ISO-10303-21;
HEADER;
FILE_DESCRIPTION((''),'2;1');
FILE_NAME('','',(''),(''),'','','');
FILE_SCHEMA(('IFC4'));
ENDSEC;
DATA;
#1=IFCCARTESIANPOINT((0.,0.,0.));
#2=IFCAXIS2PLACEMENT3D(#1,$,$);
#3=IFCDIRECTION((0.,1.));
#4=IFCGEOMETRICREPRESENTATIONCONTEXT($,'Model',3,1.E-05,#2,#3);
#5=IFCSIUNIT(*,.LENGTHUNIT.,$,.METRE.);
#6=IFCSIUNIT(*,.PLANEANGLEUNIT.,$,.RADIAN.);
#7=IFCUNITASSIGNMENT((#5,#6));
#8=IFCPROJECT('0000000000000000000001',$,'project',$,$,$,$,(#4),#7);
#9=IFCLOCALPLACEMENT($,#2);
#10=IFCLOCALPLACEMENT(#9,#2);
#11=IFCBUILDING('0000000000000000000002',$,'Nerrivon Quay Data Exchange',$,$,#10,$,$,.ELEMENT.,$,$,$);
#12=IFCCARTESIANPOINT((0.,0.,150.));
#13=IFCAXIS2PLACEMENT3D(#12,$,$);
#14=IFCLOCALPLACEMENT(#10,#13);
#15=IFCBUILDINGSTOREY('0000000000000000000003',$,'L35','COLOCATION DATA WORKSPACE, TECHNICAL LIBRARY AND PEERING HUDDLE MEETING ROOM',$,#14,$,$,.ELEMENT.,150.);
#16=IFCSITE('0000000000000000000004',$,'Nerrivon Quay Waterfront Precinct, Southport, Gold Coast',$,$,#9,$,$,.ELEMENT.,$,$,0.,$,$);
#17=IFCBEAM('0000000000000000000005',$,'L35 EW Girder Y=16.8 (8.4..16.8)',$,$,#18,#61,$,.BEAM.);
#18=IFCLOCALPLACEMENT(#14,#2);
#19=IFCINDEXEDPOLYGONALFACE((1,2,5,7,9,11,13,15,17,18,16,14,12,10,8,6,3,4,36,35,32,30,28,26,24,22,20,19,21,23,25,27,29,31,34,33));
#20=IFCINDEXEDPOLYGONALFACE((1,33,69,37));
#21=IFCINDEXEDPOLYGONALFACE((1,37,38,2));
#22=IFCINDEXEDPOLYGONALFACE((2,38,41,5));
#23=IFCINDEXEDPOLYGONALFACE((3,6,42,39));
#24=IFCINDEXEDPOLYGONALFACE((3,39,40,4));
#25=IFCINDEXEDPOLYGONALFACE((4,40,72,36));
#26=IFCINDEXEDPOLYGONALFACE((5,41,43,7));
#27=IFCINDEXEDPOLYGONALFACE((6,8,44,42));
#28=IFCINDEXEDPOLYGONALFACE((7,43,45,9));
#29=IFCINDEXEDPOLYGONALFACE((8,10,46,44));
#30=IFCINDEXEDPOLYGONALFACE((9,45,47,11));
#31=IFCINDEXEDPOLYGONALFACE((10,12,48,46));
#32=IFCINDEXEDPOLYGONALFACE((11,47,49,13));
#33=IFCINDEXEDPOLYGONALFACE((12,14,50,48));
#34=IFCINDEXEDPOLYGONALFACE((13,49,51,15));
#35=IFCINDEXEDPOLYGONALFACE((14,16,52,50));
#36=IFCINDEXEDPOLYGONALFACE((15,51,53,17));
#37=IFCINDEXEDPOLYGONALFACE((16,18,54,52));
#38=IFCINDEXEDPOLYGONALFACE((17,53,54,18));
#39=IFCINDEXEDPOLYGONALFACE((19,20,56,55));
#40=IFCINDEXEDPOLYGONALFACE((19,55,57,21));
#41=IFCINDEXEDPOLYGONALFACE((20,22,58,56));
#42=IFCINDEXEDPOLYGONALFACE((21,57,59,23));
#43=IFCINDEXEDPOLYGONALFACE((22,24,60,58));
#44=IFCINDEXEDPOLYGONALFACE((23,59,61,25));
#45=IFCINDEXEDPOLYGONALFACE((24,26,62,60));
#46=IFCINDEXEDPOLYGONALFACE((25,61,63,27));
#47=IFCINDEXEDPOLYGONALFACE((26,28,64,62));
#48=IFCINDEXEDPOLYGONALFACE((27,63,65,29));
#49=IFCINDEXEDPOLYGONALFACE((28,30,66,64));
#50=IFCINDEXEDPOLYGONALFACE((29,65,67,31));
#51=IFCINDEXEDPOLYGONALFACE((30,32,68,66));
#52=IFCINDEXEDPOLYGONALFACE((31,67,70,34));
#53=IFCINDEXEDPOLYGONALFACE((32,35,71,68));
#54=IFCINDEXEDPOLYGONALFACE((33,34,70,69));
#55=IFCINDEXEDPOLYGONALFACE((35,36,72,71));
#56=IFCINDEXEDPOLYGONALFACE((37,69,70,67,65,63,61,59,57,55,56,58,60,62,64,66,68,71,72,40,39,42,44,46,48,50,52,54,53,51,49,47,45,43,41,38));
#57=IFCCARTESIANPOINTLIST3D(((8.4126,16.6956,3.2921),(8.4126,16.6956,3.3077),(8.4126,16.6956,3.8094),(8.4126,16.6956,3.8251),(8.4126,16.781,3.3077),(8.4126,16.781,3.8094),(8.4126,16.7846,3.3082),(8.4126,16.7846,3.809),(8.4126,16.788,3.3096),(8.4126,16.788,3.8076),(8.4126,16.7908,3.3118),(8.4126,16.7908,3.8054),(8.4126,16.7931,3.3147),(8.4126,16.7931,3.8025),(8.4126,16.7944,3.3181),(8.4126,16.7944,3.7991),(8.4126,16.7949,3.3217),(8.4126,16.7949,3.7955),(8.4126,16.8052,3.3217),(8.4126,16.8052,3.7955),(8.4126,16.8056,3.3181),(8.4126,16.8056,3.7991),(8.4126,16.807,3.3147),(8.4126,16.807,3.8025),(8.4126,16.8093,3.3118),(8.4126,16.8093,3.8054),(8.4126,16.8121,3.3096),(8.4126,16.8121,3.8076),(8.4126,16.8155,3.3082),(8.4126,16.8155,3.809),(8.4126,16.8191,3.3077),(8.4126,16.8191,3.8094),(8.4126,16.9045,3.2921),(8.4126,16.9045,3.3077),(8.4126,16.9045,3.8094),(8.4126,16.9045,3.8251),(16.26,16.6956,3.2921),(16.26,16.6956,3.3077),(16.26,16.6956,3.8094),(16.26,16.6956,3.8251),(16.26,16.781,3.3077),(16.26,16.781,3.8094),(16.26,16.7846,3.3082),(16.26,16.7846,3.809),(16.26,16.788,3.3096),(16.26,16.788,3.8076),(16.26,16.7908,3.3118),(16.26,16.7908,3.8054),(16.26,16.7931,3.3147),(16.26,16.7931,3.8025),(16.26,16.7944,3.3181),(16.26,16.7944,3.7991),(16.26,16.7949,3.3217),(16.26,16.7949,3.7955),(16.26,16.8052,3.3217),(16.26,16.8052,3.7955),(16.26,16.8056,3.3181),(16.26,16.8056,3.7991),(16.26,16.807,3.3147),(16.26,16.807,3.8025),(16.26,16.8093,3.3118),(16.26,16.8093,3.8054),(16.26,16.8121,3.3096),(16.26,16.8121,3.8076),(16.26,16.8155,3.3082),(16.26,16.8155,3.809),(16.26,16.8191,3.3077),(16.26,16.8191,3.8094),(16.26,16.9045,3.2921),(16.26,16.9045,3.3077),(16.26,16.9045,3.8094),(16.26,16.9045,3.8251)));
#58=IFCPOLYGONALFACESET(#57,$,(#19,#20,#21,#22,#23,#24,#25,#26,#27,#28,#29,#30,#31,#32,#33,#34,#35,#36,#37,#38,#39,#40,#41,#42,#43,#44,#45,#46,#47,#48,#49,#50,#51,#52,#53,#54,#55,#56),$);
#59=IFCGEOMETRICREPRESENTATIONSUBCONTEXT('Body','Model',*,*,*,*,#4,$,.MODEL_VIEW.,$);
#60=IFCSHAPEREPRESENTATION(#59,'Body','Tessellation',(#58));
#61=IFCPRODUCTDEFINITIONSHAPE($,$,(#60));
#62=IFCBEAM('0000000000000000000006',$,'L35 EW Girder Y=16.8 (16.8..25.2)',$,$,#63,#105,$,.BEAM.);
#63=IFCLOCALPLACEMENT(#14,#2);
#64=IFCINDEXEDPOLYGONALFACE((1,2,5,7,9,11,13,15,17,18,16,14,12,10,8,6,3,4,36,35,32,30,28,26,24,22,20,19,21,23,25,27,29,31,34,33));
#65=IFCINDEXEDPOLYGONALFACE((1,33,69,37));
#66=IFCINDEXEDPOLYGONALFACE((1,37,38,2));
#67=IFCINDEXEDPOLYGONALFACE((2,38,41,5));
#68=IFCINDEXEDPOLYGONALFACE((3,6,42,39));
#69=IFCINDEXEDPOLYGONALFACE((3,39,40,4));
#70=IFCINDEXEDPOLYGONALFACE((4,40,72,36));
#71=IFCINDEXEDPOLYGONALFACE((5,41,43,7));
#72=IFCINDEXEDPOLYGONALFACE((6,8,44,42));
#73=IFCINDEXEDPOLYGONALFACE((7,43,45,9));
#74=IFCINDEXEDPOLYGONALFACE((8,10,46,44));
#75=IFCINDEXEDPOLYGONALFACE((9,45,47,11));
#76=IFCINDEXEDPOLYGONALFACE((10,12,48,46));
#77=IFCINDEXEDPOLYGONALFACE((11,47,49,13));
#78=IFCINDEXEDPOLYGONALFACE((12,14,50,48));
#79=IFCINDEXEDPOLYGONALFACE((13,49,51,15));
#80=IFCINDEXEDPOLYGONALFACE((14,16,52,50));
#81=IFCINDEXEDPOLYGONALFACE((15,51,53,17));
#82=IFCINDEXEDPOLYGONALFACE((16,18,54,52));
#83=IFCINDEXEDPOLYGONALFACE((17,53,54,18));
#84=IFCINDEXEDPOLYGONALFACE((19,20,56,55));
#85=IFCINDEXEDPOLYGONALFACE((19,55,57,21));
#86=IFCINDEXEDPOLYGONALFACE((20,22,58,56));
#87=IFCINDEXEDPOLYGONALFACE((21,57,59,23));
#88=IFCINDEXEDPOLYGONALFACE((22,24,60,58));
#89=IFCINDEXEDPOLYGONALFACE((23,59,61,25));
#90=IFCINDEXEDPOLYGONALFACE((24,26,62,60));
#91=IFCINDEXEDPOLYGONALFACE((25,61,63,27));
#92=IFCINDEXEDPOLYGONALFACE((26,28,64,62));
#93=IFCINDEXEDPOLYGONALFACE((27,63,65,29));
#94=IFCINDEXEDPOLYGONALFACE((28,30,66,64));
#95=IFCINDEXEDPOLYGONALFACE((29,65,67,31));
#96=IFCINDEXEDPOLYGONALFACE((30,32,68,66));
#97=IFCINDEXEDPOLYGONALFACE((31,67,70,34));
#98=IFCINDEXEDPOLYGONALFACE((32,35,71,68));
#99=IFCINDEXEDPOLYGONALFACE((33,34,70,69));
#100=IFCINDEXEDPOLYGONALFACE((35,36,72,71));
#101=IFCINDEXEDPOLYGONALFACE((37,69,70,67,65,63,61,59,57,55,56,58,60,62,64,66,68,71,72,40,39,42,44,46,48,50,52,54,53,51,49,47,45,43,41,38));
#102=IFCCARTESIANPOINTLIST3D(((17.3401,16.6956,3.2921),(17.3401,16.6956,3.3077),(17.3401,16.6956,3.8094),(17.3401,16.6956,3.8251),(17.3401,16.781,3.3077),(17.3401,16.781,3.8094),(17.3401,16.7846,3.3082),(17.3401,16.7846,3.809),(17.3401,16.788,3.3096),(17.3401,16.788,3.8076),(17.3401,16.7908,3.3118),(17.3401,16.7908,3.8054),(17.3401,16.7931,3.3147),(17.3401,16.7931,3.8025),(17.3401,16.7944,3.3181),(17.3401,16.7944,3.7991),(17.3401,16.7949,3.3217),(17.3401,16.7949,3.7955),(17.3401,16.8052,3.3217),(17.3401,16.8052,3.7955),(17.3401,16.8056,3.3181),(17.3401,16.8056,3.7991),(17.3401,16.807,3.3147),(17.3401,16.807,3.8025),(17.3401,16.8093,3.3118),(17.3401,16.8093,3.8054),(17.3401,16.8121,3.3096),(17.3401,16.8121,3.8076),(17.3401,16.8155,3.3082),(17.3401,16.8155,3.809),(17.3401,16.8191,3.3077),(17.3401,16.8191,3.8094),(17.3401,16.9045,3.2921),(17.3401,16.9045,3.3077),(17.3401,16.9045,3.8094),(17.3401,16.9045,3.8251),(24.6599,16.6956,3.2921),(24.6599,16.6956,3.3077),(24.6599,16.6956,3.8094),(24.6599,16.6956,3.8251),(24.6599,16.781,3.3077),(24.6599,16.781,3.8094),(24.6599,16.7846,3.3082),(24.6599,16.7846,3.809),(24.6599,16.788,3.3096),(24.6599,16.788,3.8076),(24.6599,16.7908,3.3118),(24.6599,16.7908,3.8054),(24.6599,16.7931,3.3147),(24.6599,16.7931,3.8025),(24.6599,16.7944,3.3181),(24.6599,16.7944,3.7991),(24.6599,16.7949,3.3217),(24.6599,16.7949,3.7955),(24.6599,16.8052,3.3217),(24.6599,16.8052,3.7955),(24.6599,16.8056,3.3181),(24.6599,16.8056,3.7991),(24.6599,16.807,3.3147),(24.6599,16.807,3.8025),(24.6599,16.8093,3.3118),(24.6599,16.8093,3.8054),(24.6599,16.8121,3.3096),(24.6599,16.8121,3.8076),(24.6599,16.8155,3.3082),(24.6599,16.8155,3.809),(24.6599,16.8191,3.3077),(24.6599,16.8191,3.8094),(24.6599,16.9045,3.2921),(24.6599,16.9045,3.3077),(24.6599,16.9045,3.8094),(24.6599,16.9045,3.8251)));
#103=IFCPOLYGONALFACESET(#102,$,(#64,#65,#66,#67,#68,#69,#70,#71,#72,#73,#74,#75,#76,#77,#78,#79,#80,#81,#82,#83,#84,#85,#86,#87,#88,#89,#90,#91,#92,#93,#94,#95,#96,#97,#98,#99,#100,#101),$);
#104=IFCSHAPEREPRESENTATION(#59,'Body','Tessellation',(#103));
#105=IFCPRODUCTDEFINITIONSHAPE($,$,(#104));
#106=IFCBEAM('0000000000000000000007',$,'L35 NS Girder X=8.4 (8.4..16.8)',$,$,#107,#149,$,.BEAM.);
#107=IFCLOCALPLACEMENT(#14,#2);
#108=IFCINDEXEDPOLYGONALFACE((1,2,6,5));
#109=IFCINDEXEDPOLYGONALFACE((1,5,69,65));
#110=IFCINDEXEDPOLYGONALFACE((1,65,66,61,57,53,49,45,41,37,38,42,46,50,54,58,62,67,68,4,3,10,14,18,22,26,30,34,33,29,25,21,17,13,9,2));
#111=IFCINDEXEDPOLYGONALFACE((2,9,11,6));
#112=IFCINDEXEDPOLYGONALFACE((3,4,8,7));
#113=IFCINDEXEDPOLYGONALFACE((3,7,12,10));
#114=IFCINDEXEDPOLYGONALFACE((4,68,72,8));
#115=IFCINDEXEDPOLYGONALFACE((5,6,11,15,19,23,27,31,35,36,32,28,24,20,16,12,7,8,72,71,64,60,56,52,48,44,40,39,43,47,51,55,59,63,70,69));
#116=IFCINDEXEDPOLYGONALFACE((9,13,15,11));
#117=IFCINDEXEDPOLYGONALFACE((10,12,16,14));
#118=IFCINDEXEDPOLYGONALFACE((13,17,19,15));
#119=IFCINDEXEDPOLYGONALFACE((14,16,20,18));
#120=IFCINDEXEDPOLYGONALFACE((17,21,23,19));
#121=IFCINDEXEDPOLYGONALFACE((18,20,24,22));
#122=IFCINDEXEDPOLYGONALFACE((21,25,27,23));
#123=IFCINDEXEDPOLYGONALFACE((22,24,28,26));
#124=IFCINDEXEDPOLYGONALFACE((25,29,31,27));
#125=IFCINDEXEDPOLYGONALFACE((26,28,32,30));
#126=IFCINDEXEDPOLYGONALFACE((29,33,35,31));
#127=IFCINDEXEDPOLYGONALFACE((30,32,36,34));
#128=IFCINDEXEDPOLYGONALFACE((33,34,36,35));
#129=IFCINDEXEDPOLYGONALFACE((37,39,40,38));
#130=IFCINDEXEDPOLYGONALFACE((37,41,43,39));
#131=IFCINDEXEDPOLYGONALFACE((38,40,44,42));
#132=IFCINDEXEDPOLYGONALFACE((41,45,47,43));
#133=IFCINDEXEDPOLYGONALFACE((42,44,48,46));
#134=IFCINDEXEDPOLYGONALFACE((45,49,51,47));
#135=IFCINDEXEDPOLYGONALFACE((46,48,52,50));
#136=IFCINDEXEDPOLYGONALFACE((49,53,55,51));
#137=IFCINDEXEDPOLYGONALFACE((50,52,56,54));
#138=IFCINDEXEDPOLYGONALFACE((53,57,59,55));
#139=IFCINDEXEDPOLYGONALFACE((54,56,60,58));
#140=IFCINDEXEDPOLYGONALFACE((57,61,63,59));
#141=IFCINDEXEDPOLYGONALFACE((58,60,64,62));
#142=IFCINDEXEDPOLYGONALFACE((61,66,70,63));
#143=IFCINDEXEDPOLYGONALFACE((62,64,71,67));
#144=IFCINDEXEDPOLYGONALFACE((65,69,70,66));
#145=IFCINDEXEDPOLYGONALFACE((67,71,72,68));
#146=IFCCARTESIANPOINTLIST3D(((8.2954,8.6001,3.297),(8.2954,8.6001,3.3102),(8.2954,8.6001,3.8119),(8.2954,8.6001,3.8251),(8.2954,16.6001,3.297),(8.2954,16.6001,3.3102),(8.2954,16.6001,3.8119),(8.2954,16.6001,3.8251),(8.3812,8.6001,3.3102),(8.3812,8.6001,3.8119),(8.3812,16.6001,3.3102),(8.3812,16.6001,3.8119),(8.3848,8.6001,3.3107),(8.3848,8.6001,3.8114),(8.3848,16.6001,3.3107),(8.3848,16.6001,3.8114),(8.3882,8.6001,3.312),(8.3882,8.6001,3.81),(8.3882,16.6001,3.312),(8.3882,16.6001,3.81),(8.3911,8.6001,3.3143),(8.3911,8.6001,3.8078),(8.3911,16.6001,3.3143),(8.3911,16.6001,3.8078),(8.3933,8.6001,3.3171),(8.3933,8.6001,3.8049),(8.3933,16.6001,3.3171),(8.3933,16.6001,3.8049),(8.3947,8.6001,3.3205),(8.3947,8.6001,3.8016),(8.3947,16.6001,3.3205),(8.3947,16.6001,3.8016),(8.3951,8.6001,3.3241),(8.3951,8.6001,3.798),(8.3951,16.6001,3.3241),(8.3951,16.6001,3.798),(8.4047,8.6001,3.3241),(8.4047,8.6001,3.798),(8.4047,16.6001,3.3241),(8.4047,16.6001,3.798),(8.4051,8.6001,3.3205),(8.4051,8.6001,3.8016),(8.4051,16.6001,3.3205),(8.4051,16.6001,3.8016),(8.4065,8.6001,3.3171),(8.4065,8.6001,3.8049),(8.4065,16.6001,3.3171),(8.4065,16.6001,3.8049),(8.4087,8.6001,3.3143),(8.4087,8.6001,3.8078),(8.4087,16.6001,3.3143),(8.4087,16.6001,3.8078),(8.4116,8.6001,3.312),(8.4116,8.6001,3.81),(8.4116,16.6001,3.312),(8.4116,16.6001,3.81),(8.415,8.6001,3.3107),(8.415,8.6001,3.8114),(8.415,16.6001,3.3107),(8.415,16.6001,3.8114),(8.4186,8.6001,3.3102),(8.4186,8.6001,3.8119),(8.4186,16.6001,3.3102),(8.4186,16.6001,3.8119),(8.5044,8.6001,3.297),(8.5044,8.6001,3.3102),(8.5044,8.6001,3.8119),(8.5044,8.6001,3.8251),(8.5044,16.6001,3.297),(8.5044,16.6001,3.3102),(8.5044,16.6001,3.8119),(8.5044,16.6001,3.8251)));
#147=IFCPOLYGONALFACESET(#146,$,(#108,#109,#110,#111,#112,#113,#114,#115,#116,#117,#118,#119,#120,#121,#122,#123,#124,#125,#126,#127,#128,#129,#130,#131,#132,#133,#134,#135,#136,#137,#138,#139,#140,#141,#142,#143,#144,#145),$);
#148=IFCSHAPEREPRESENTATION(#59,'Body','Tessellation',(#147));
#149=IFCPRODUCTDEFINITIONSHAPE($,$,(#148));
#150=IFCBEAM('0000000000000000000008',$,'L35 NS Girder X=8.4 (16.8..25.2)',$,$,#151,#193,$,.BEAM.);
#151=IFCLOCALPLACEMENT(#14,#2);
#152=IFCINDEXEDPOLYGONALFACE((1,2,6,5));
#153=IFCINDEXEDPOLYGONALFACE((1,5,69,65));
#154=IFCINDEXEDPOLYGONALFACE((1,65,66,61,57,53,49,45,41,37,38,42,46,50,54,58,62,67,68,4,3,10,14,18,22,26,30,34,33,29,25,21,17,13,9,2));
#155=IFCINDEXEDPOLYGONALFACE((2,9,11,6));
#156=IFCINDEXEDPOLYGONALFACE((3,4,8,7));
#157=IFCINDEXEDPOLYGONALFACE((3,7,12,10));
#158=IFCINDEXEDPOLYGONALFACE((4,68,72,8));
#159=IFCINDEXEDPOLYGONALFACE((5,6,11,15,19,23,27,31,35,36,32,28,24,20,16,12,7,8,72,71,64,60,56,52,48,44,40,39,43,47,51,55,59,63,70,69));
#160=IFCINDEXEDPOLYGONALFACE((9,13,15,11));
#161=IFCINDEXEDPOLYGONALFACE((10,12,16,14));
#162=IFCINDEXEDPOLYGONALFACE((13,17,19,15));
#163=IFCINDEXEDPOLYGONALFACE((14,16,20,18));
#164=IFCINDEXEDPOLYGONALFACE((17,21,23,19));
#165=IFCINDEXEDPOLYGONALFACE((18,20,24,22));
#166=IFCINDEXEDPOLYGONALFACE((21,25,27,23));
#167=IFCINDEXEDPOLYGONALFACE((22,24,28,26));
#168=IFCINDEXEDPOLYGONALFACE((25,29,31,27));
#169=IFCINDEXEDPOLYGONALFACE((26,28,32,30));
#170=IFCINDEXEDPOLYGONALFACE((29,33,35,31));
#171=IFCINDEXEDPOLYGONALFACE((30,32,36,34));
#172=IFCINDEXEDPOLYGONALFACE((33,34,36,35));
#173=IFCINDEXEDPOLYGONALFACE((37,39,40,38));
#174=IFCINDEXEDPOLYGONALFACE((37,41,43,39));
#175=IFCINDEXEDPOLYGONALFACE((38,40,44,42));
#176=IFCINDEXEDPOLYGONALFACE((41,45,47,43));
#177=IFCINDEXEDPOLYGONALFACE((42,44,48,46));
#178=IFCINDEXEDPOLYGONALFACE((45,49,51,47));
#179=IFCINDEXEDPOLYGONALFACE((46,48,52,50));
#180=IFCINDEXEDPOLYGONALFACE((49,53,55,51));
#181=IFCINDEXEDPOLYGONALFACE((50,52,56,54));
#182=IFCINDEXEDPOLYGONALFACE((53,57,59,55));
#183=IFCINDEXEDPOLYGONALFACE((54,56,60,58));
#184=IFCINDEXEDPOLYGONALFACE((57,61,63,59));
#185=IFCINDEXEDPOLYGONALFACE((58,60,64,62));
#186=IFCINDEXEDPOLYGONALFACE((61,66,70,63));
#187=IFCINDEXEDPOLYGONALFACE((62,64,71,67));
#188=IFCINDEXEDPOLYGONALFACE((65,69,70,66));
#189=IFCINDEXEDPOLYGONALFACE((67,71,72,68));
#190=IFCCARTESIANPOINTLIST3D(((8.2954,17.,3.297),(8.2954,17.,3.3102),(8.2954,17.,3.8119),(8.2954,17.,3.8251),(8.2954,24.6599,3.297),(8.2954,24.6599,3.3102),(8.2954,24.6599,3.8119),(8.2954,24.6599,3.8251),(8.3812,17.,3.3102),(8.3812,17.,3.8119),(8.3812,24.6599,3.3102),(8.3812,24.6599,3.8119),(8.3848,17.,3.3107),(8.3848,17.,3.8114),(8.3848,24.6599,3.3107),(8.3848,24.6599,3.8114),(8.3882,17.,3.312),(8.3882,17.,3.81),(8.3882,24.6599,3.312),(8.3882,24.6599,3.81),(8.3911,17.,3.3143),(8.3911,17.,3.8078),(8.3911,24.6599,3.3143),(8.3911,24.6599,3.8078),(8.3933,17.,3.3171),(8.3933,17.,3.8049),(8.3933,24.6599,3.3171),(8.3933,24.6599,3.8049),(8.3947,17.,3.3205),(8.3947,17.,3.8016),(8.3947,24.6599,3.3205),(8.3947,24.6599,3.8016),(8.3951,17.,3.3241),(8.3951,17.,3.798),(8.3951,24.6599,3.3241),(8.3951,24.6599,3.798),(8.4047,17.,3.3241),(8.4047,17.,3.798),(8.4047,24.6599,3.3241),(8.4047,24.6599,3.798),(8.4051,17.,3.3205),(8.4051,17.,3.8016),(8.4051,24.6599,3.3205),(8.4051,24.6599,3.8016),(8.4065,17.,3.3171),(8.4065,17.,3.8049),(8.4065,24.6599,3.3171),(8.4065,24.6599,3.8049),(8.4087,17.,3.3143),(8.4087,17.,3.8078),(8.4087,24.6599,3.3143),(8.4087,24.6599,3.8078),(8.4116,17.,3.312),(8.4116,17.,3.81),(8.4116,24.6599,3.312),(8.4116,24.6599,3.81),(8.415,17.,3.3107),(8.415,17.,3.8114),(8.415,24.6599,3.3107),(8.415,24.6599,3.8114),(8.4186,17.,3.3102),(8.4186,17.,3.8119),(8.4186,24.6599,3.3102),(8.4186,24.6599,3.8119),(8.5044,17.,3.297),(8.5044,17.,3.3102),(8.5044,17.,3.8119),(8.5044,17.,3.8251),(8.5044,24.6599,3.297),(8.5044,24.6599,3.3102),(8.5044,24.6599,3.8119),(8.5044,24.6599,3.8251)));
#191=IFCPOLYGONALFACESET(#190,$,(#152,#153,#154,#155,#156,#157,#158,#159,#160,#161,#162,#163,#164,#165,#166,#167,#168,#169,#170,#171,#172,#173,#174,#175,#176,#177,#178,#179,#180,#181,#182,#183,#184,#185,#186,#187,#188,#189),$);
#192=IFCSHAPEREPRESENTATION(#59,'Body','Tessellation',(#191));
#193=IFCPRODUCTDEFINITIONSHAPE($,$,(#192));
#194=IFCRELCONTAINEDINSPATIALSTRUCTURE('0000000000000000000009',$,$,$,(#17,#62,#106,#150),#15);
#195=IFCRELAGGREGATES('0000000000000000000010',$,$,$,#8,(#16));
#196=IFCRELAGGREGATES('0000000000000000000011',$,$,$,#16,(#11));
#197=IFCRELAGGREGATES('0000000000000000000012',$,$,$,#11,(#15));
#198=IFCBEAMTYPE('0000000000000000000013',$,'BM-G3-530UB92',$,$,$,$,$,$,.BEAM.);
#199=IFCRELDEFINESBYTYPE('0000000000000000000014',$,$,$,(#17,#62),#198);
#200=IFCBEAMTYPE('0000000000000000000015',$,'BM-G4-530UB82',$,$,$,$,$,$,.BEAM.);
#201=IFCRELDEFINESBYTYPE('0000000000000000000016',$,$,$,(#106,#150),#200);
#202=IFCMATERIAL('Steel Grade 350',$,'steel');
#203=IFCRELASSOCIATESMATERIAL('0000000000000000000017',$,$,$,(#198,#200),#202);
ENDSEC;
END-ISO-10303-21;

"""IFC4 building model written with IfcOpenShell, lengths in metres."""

from ifc_helpers import new_model, si_unit, direction, frame, origin, origin_2d, place, context, subcontext, project, spatial, i_section, extrude, material, material_profile, profile_set, type_object, element, save


model = new_model("IFC4")

# Units and contexts
model_context = context("Model", 3, precision=1e-05, world=origin(), true_north=direction((0.0, 1.0)))
body_context = subcontext(model_context, "Body", "Model", "MODEL_VIEW")
ifc_project = project(units=[si_unit("LENGTHUNIT", "METRE"), si_unit("PLANEANGLEUNIT", "RADIAN")], contexts=[model_context])

# Site, building, storey
site_placement = place(None, origin())
site = spatial("IfcSite", under=ifc_project, at=site_placement, Name="Nerrivon Quay Waterfront Precinct, Southport, Gold Coast", CompositionType="ELEMENT", RefElevation=0.0)
building_placement = place(site_placement, origin())
building = spatial("IfcBuilding", under=site, at=building_placement, Name="Nerrivon Quay Data Exchange", CompositionType="ELEMENT")
storey_placement = place(building_placement, frame((0.0, 0.0, 150.0)))
storey = spatial("IfcBuildingStorey", under=building, at=storey_placement, Name="L35", Description="COLOCATION DATA WORKSPACE, TECHNICAL LIBRARY AND PEERING HUDDLE MEETING ROOM", CompositionType="ELEMENT", Elevation=150.0)

# Shared definitions
ifc_material_1 = material(Name="Steel Grade 350", Category="steel")

# Beams
ifc_material_profile_1 = material_profile(ifc_material_1, i_section(OverallWidth=0.209, OverallDepth=0.533, WebThickness=0.0103, FlangeThickness=0.0156, FilletRadius=0.0139, at=origin_2d()), Name="530UB92.4")
ifc_profile_set_1 = profile_set([ifc_material_profile_1], Name="Steel Grade 350")
beam_type_1 = type_object("IfcBeamType", Name="BM-G3-530UB92", PredefinedType="BEAM", material=ifc_profile_set_1)
beam_1_placement = place(storey_placement, frame((8.4126, 16.8, 3.5586), z_axis=(1.0, 0.0, 0.0), x_axis=(0.0, 1.0, 0.0)))
element("IfcBeam", 1, at=beam_1_placement, inside=storey, type_object=beam_type_1, Name="L35 EW Girder Y=16.8 (8.4..16.8)", PredefinedType="BEAM", context=body_context, shape_type="SweptSolid", body=[
    extrude(i_section(OverallWidth=0.209, OverallDepth=0.533, WebThickness=0.0103, FlangeThickness=0.0156, FilletRadius=0.0139, at=origin_2d()), origin(), (0.0, 0.0, 1.0), 7.8474),
])
beam_2_placement = place(storey_placement, frame((17.3401, 16.8, 3.5586), z_axis=(1.0, 0.0, 0.0), x_axis=(0.0, 1.0, 0.0)))
element("IfcBeam", 2, at=beam_2_placement, inside=storey, type_object=beam_type_1, Name="L35 EW Girder Y=16.8 (16.8..25.2)", PredefinedType="BEAM", context=body_context, shape_type="SweptSolid", body=[
    extrude(i_section(OverallWidth=0.209, OverallDepth=0.533, WebThickness=0.0103, FlangeThickness=0.0156, FilletRadius=0.0139, at=origin_2d()), origin(), (0.0, 0.0, 1.0), 7.3198),
])
ifc_material_profile_2 = material_profile(ifc_material_1, i_section(OverallWidth=0.209, OverallDepth=0.5281, WebThickness=0.0095, FlangeThickness=0.0132, FilletRadius=0.0139, at=origin_2d()), Name="530UB82.0")
ifc_profile_set_2 = profile_set([ifc_material_profile_2], Name="Steel Grade 350")
beam_type_2 = type_object("IfcBeamType", Name="BM-G4-530UB82", PredefinedType="BEAM", material=ifc_profile_set_2)
beam_3_placement = place(storey_placement, frame((8.3999, 8.6001, 3.561), z_axis=(0.0, 1.0, 0.0), x_axis=(-1.0, 0.0, 0.0)))
element("IfcBeam", 3, at=beam_3_placement, inside=storey, type_object=beam_type_2, Name="L35 NS Girder X=8.4 (8.4..16.8)", PredefinedType="BEAM", context=body_context, shape_type="SweptSolid", body=[
    extrude(i_section(OverallWidth=0.209, OverallDepth=0.5281, WebThickness=0.0095, FlangeThickness=0.0132, FilletRadius=0.0139, at=origin_2d()), origin(), (0.0, 0.0, 1.0), 8.0),
])
beam_4_placement = place(storey_placement, frame((8.3999, 17.0, 3.561), z_axis=(0.0, 1.0, 0.0), x_axis=(-1.0, 0.0, 0.0)))
element("IfcBeam", 4, at=beam_4_placement, inside=storey, type_object=beam_type_2, Name="L35 NS Girder X=8.4 (16.8..25.2)", PredefinedType="BEAM", context=body_context, shape_type="SweptSolid", body=[
    extrude(i_section(OverallWidth=0.209, OverallDepth=0.5281, WebThickness=0.0095, FlangeThickness=0.0132, FilletRadius=0.0139, at=origin_2d()), origin(), (0.0, 0.0, 1.0), 7.6599),
])

save(model, "model.ifc")
